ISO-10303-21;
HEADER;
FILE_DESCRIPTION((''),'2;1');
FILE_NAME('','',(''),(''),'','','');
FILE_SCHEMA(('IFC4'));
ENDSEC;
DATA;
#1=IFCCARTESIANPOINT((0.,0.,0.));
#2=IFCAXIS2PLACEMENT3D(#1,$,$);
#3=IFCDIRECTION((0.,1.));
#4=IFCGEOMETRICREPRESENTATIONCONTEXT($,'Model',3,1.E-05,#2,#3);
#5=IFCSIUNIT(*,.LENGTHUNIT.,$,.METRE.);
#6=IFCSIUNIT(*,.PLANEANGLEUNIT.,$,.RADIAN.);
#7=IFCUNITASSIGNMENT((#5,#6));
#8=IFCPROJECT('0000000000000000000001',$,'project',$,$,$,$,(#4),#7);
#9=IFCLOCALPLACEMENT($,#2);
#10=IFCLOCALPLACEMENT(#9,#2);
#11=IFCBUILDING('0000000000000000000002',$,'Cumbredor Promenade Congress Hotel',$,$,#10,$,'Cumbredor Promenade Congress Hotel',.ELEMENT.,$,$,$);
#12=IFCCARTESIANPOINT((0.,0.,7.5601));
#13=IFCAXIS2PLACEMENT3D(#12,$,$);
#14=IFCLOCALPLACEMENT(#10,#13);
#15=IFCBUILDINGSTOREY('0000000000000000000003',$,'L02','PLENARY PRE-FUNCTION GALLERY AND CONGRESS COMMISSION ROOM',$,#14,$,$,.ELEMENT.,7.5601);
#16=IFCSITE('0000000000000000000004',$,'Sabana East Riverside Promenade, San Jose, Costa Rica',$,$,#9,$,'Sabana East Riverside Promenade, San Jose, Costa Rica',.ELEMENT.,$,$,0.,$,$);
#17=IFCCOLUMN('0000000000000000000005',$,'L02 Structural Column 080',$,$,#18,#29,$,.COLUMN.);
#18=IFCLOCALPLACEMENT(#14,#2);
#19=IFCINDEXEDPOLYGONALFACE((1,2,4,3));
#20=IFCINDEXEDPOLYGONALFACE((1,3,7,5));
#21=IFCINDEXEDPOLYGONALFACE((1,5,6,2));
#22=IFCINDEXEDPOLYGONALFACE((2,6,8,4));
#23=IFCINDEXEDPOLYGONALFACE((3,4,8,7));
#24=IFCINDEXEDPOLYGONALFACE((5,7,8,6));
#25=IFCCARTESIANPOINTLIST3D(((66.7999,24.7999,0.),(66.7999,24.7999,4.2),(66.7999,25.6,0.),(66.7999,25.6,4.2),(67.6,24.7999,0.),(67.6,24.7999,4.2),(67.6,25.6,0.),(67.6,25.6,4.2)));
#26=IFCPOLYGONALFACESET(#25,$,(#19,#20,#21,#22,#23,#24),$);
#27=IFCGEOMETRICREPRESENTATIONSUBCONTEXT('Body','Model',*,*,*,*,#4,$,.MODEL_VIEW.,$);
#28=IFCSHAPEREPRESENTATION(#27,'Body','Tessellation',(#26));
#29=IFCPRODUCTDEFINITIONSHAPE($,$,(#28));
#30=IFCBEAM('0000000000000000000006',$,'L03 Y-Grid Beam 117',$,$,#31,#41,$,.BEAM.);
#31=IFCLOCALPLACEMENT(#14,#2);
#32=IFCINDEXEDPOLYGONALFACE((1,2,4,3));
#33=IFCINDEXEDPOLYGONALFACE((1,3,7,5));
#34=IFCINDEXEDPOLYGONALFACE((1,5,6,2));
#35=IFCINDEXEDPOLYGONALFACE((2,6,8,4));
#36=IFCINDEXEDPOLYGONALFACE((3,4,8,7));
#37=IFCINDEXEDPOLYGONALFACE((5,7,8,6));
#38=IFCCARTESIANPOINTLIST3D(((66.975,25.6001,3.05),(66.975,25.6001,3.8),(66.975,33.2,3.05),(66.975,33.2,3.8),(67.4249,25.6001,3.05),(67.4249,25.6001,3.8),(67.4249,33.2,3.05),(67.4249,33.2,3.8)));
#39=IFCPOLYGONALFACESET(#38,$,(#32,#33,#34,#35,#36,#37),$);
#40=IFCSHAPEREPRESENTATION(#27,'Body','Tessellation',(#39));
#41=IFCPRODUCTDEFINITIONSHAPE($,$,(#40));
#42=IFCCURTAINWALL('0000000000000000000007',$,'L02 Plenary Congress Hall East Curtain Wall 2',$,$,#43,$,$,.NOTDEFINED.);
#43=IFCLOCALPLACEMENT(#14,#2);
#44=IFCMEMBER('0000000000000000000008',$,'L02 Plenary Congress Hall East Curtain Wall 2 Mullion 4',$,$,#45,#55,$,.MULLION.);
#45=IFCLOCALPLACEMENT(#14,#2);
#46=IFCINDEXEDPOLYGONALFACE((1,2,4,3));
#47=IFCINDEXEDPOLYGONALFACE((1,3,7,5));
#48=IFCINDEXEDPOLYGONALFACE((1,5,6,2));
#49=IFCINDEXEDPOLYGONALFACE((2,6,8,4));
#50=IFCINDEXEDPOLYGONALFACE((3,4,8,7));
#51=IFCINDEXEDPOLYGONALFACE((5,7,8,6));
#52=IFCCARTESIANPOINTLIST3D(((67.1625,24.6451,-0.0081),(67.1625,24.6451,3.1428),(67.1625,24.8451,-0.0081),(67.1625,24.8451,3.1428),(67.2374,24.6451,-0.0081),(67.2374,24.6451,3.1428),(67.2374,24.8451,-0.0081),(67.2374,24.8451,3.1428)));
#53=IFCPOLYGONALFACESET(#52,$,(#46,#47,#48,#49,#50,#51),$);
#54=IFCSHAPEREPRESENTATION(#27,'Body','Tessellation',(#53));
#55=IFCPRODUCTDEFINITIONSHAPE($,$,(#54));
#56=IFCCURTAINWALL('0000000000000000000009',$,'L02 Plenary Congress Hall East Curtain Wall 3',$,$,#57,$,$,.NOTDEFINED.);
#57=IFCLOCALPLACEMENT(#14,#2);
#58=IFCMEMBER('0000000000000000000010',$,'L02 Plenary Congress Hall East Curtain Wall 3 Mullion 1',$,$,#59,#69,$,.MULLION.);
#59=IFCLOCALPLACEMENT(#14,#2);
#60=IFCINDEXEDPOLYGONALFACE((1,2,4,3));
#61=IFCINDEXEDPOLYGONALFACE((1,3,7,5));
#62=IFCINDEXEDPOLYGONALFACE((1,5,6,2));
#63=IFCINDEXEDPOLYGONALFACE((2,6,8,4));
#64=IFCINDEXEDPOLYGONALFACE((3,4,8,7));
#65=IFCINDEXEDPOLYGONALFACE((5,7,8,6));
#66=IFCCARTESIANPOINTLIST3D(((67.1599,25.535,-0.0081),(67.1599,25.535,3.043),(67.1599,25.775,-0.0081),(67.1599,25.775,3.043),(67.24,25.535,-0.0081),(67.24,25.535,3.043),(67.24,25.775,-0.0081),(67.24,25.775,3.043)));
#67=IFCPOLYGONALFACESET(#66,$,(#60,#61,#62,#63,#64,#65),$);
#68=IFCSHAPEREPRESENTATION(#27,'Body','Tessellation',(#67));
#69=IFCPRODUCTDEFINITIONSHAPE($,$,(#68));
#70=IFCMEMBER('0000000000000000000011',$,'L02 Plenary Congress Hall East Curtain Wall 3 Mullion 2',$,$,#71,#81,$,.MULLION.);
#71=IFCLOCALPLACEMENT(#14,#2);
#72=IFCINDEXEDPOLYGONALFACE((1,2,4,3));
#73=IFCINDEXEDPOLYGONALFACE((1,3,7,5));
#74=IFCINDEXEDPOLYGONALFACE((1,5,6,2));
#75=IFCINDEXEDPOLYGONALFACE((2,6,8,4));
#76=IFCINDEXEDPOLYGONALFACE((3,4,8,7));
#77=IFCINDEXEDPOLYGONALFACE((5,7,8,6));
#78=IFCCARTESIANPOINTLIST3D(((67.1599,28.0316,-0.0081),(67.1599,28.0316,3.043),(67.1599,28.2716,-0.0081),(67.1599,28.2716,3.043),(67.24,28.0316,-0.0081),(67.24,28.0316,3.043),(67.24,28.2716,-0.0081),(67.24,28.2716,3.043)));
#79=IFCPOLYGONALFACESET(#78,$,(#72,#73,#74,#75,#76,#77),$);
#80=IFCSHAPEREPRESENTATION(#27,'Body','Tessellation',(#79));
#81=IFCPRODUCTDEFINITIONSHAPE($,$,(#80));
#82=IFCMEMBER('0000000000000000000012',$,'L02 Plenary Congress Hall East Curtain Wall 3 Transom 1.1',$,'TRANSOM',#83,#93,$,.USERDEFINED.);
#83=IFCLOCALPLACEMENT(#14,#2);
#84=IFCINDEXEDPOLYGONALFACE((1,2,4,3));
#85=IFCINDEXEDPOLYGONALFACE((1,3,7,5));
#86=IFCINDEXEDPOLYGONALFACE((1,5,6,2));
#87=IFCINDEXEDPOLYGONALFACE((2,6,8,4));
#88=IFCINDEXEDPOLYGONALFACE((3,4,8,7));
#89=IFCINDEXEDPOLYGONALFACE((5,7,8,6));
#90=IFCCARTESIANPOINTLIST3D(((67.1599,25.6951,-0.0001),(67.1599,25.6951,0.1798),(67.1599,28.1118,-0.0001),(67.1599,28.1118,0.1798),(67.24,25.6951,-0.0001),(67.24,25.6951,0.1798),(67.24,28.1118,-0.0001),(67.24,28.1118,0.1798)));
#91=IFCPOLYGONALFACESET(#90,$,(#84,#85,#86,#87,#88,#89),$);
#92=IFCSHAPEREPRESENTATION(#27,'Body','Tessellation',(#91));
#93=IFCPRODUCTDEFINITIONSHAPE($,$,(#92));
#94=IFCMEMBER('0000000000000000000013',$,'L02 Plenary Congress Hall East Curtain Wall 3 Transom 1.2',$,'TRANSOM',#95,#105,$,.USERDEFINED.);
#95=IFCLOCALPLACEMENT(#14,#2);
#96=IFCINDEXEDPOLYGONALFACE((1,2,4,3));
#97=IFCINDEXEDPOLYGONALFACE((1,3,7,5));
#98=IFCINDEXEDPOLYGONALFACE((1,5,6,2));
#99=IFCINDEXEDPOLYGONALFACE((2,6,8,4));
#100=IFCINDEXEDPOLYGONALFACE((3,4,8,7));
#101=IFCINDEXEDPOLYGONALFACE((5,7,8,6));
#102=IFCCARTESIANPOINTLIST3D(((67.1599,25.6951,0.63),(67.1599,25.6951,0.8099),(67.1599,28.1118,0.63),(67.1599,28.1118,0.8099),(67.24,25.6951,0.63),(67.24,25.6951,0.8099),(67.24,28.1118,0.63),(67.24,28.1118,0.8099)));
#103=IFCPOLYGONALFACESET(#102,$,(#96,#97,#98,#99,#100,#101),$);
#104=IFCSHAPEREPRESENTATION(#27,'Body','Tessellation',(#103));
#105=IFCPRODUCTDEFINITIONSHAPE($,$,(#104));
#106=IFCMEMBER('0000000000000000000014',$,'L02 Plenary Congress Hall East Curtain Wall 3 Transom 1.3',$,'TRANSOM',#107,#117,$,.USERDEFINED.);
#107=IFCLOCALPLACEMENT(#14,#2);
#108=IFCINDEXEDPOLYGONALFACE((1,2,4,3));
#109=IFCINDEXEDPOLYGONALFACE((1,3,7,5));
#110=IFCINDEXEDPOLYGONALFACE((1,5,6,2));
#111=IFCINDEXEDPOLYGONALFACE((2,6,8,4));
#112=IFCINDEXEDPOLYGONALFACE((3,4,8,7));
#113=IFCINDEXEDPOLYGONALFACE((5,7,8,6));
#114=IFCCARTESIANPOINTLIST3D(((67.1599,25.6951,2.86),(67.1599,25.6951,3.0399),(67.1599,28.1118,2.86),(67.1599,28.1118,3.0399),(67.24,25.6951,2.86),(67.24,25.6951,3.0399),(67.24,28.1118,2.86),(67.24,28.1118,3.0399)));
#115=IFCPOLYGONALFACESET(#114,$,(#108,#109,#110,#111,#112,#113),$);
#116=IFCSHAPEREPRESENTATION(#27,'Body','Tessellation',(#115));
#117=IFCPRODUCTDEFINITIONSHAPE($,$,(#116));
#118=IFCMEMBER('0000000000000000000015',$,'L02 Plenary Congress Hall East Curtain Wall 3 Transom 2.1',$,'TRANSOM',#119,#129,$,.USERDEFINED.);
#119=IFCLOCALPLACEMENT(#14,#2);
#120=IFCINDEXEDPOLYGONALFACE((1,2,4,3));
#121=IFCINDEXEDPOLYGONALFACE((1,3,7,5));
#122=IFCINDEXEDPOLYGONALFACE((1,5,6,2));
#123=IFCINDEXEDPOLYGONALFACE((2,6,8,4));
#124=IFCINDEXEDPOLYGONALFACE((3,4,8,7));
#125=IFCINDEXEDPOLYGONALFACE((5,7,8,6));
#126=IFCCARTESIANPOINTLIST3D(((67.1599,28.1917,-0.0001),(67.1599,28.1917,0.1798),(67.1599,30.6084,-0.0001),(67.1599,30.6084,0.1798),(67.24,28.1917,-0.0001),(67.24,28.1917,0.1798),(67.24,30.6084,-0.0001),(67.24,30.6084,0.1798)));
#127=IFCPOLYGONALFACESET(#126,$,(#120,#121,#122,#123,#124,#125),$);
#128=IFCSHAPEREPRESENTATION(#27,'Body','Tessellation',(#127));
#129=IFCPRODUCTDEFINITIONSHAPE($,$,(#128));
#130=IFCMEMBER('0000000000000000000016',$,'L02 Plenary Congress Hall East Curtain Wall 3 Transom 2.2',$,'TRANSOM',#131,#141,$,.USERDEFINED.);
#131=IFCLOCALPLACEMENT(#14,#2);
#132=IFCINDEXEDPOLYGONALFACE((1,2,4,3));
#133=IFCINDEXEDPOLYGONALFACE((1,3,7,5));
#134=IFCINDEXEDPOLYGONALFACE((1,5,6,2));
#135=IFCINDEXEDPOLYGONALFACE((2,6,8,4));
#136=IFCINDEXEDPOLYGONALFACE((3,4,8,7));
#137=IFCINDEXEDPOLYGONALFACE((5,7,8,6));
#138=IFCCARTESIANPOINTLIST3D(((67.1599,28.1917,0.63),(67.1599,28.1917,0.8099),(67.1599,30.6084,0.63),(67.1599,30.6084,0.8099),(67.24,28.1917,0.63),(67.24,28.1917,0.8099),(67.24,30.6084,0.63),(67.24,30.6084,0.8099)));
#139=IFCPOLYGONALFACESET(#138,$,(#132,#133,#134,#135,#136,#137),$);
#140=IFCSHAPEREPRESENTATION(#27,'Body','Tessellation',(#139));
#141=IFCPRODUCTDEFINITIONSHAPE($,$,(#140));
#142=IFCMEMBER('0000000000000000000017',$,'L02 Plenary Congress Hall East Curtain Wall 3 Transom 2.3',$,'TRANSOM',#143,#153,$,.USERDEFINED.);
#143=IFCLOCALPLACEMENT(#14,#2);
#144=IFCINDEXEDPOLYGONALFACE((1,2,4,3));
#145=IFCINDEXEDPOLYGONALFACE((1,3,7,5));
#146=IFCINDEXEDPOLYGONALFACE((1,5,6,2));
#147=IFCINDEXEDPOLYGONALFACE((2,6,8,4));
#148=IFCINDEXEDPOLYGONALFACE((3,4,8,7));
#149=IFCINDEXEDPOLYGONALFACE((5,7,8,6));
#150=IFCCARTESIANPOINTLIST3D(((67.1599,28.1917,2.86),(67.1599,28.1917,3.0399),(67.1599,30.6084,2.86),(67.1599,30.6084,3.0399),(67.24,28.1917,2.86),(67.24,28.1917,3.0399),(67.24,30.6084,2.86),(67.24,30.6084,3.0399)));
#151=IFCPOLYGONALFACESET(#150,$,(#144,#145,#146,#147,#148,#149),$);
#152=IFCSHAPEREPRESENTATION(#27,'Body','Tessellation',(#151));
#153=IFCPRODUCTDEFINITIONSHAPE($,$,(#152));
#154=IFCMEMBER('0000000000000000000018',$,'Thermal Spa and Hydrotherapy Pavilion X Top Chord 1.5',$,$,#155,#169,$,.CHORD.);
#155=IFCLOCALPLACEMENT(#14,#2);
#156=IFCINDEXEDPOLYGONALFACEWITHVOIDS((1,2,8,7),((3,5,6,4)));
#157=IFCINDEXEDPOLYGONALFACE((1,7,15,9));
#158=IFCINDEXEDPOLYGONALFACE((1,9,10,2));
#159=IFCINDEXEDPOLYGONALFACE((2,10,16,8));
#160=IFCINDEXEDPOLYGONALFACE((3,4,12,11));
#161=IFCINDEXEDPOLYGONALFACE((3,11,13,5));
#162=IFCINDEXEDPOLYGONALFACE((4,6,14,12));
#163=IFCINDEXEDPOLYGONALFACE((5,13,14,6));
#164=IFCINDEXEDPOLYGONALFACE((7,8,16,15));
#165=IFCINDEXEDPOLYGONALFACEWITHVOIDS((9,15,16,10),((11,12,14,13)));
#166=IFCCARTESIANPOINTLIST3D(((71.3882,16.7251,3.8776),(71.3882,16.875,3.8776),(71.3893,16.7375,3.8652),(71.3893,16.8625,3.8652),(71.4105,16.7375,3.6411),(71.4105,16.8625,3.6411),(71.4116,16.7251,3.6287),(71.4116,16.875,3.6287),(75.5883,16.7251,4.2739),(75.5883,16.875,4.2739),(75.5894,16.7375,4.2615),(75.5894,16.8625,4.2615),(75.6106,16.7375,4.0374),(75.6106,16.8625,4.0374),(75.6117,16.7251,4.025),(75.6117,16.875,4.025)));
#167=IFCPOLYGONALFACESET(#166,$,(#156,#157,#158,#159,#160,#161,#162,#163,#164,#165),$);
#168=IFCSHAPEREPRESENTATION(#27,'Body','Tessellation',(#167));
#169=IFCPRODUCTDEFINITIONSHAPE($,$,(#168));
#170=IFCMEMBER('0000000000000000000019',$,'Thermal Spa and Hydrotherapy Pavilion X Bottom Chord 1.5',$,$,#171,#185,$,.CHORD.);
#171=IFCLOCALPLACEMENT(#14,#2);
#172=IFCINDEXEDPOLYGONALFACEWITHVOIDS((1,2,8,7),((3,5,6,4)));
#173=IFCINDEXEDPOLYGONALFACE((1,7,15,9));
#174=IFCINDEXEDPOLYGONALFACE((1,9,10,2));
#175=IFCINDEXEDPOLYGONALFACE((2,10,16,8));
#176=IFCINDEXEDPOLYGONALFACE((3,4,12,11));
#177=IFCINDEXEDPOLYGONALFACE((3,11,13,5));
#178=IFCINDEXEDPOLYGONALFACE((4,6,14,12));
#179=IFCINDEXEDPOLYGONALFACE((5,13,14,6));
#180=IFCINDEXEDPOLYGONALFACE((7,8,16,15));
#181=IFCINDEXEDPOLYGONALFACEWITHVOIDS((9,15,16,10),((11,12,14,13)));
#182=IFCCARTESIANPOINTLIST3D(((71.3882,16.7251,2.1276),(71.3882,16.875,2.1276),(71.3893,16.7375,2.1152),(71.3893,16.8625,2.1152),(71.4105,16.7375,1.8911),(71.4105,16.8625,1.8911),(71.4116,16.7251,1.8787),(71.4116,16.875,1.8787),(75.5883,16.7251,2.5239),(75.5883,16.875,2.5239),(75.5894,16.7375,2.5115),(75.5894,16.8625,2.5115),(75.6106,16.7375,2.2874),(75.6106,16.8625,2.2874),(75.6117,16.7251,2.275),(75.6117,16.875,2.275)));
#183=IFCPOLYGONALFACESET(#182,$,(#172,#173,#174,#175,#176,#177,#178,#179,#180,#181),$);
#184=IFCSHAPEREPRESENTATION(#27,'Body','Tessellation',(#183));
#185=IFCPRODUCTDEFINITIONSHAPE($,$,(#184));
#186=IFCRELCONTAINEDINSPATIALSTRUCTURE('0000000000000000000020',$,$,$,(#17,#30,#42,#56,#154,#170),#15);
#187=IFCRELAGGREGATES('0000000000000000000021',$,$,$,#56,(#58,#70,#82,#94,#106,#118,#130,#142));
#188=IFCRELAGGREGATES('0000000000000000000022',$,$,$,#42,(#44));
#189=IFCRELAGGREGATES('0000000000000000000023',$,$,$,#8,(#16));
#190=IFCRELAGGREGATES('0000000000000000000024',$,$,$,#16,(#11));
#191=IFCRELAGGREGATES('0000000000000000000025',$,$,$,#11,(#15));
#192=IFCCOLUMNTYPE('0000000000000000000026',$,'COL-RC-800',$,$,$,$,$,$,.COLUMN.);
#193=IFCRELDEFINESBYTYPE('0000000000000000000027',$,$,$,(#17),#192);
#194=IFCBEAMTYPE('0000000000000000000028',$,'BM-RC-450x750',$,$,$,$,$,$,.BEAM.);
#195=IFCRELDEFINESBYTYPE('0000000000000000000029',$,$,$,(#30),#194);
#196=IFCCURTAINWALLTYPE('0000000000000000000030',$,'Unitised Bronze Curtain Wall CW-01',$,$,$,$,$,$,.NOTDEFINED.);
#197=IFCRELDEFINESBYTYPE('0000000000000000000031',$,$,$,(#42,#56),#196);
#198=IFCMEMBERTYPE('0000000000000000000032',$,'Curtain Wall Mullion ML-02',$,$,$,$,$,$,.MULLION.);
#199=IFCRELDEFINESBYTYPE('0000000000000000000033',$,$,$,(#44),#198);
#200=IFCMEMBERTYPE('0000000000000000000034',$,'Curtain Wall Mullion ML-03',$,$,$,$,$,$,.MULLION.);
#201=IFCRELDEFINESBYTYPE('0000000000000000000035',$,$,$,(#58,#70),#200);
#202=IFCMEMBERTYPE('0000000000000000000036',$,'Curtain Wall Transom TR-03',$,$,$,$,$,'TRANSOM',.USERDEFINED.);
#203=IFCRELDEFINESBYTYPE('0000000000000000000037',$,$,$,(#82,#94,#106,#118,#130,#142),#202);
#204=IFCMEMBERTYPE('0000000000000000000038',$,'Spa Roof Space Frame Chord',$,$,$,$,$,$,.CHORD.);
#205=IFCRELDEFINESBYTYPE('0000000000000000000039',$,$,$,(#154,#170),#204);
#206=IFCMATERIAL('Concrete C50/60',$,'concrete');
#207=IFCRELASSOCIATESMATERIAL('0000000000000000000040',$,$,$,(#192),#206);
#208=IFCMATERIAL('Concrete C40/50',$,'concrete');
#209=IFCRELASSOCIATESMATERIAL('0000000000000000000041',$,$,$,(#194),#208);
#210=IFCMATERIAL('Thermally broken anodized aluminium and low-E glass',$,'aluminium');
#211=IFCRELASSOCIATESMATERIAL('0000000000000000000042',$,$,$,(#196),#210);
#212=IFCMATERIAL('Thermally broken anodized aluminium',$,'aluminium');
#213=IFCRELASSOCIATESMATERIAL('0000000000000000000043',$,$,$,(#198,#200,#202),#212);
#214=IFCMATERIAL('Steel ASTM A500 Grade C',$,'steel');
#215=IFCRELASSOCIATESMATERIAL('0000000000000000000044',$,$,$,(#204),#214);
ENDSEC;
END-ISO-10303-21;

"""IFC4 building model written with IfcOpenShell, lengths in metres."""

from ifc_helpers import new_model, si_unit, direction, frame, origin, origin_2d, place, context, subcontext, project, spatial, rectangle, hollow_rectangle, extrude, material, material_profile, profile_set, type_object, element, aggregate, save


model = new_model("IFC4")

# Units and contexts
model_context = context("Model", 3, precision=1e-05, world=origin(), true_north=direction((0.0, 1.0)))
body_context = subcontext(model_context, "Body", "Model", "MODEL_VIEW")
ifc_project = project(units=[si_unit("LENGTHUNIT", "METRE"), si_unit("PLANEANGLEUNIT", "RADIAN")], contexts=[model_context])

# Site, building, storey
site_placement = place(None, origin())
site = spatial("IfcSite", under=ifc_project, at=site_placement, Name="Sabana East Riverside Promenade, San Jose, Costa Rica", LongName="Sabana East Riverside Promenade, San Jose, Costa Rica", CompositionType="ELEMENT", RefElevation=0.0)
building_placement = place(site_placement, origin())
building = spatial("IfcBuilding", under=site, at=building_placement, Name="Cumbredor Promenade Congress Hotel", LongName="Cumbredor Promenade Congress Hotel", CompositionType="ELEMENT")
storey_placement = place(building_placement, frame((0.0, 0.0, 7.5601)))
storey = spatial("IfcBuildingStorey", under=building, at=storey_placement, Name="L02", Description="PLENARY PRE-FUNCTION GALLERY AND CONGRESS COMMISSION ROOM", CompositionType="ELEMENT", Elevation=7.5601)

# Column
ifc_material_1 = material(Name="Concrete C50/60", Category="concrete")
ifc_material_profile_1 = material_profile(ifc_material_1, rectangle(XDim=0.8, YDim=0.8, at=origin_2d()), Name="RC 800x800")
ifc_profile_set_1 = profile_set([ifc_material_profile_1], Name="Concrete C50/60")
column_type = type_object("IfcColumnType", Name="COL-RC-800", PredefinedType="COLUMN", material=ifc_profile_set_1)
column_placement = place(storey_placement, frame((67.2, 25.2, 0.0), z_axis=(0.0, 0.0, 1.0), x_axis=(1.0, 0.0, 0.0)))
element("IfcColumn", 1, at=column_placement, inside=storey, type_object=column_type, Name="L02 Structural Column 080", PredefinedType="COLUMN", context=body_context, shape_type="SweptSolid", body=[
    extrude(rectangle(XDim=0.8, YDim=0.8, at=origin_2d()), origin(), (0.0, 0.0, 1.0), 4.2),
])

# Beam
ifc_material_2 = material(Name="Concrete C40/50", Category="concrete")
ifc_material_profile_2 = material_profile(ifc_material_2, rectangle(XDim=0.45, YDim=0.75, at=origin_2d()), Name="RC BEAM 450x750")
ifc_profile_set_2 = profile_set([ifc_material_profile_2], Name="Concrete C40/50")
beam_type = type_object("IfcBeamType", Name="BM-RC-450x750", PredefinedType="BEAM", material=ifc_profile_set_2)
beam_placement = place(storey_placement, frame((67.2, 25.6001, 3.425), z_axis=(0.0, 1.0, 0.0), x_axis=(-1.0, 0.0, 0.0)))
element("IfcBeam", 2, at=beam_placement, inside=storey, type_object=beam_type, Name="L03 Y-Grid Beam 117", PredefinedType="BEAM", context=body_context, shape_type="SweptSolid", body=[
    extrude(rectangle(XDim=0.45, YDim=0.75, at=origin_2d()), origin(), (0.0, 0.0, 1.0), 7.5999),
])

# Curtain wall, member
ifc_material_3 = material(Name="Thermally broken anodized aluminium and low-E glass", Category="aluminium")
curtain_wall_type = type_object("IfcCurtainWallType", Name="Unitised Bronze Curtain Wall CW-01", PredefinedType="NOTDEFINED", material=ifc_material_3)
curtain_wall_1_placement = place(storey_placement, origin())
curtain_wall_1 = element("IfcCurtainWall", 3, at=curtain_wall_1_placement, inside=storey, type_object=curtain_wall_type, Name="L02 Plenary Congress Hall East Curtain Wall 2", PredefinedType="NOTDEFINED")
ifc_material_4 = material(Name="Thermally broken anodized aluminium", Category="aluminium")
ifc_material_profile_3 = material_profile(ifc_material_4, rectangle(XDim=0.075, YDim=0.2, at=origin_2d()), Name="ALU MULLION 75x200")
ifc_profile_set_3 = profile_set([ifc_material_profile_3], Name="Thermally broken anodized aluminium")
member_type_1 = type_object("IfcMemberType", Name="Curtain Wall Mullion ML-02", PredefinedType="MULLION", material=ifc_profile_set_3)
member_1_placement = place(storey_placement, frame((67.2, 24.7451, -0.0081), z_axis=(0.0, 0.0, 1.0), x_axis=(1.0, 0.0, 0.0)))
member_1 = element("IfcMember", 4, at=member_1_placement, type_object=member_type_1, Name="L02 Plenary Congress Hall East Curtain Wall 2 Mullion 4", PredefinedType="MULLION", context=body_context, shape_type="SweptSolid", body=[
    extrude(rectangle(XDim=0.075, YDim=0.2, at=origin_2d()), origin(), (0.0, 0.0, 1.0), 3.1509),
])

# Curtain wall, members
curtain_wall_2_placement = place(storey_placement, origin())
curtain_wall_2 = element("IfcCurtainWall", 5, at=curtain_wall_2_placement, inside=storey, type_object=curtain_wall_type, Name="L02 Plenary Congress Hall East Curtain Wall 3", PredefinedType="NOTDEFINED")
ifc_material_profile_4 = material_profile(ifc_material_4, rectangle(XDim=0.0801, YDim=0.24, at=origin_2d()), Name="ALU MULLION 80x240")
ifc_profile_set_4 = profile_set([ifc_material_profile_4], Name="Thermally broken anodized aluminium")
member_type_2 = type_object("IfcMemberType", Name="Curtain Wall Mullion ML-03", PredefinedType="MULLION", material=ifc_profile_set_4)
member_2_placement = place(storey_placement, frame((67.2, 25.655, -0.0081), z_axis=(0.0, 0.0, 1.0), x_axis=(1.0, 0.0, 0.0)))
member_2 = element("IfcMember", 6, at=member_2_placement, type_object=member_type_2, Name="L02 Plenary Congress Hall East Curtain Wall 3 Mullion 1", PredefinedType="MULLION", context=body_context, shape_type="SweptSolid", body=[
    extrude(rectangle(XDim=0.0801, YDim=0.24, at=origin_2d()), origin(), (0.0, 0.0, 1.0), 3.051),
])
member_3_placement = place(storey_placement, frame((67.2, 28.1516, -0.0081), z_axis=(0.0, 0.0, 1.0), x_axis=(1.0, 0.0, 0.0)))
member_3 = element("IfcMember", 7, at=member_3_placement, type_object=member_type_2, Name="L02 Plenary Congress Hall East Curtain Wall 3 Mullion 2", PredefinedType="MULLION", context=body_context, shape_type="SweptSolid", body=[
    extrude(rectangle(XDim=0.0801, YDim=0.24, at=origin_2d()), origin(), (0.0, 0.0, 1.0), 3.051),
])
ifc_material_profile_5 = material_profile(ifc_material_4, rectangle(XDim=0.0801, YDim=0.1799, at=origin_2d()), Name="ALU TRANSOM 80x180")
ifc_profile_set_5 = profile_set([ifc_material_profile_5], Name="Thermally broken anodized aluminium")
member_type_3 = type_object("IfcMemberType", Name="Curtain Wall Transom TR-03", ElementType="TRANSOM", PredefinedType="USERDEFINED", material=ifc_profile_set_5)
member_4_placement = place(storey_placement, frame((67.2, 25.6951, 0.0898), z_axis=(0.0, 1.0, 0.0), x_axis=(-1.0, 0.0, 0.0)))
member_4 = element("IfcMember", 8, at=member_4_placement, type_object=member_type_3, Name="L02 Plenary Congress Hall East Curtain Wall 3 Transom 1.1", ObjectType="TRANSOM", PredefinedType="USERDEFINED", context=body_context, shape_type="SweptSolid", body=[
    extrude(rectangle(XDim=0.0801, YDim=0.1799, at=origin_2d()), origin(), (0.0, 0.0, 1.0), 2.4167),
])
member_5_placement = place(storey_placement, frame((67.2, 25.6951, 0.72), z_axis=(0.0, 1.0, 0.0), x_axis=(-1.0, 0.0, 0.0)))
member_5 = element("IfcMember", 9, at=member_5_placement, type_object=member_type_3, Name="L02 Plenary Congress Hall East Curtain Wall 3 Transom 1.2", ObjectType="TRANSOM", PredefinedType="USERDEFINED", context=body_context, shape_type="SweptSolid", body=[
    extrude(rectangle(XDim=0.0801, YDim=0.1799, at=origin_2d()), origin(), (0.0, 0.0, 1.0), 2.4167),
])
member_6_placement = place(storey_placement, frame((67.2, 25.6951, 2.95), z_axis=(0.0, 1.0, 0.0), x_axis=(-1.0, 0.0, 0.0)))
member_6 = element("IfcMember", 10, at=member_6_placement, type_object=member_type_3, Name="L02 Plenary Congress Hall East Curtain Wall 3 Transom 1.3", ObjectType="TRANSOM", PredefinedType="USERDEFINED", context=body_context, shape_type="SweptSolid", body=[
    extrude(rectangle(XDim=0.0801, YDim=0.1799, at=origin_2d()), origin(), (0.0, 0.0, 1.0), 2.4167),
])
member_7_placement = place(storey_placement, frame((67.2, 28.1917, 0.0898), z_axis=(0.0, 1.0, 0.0), x_axis=(-1.0, 0.0, 0.0)))
member_7 = element("IfcMember", 11, at=member_7_placement, type_object=member_type_3, Name="L02 Plenary Congress Hall East Curtain Wall 3 Transom 2.1", ObjectType="TRANSOM", PredefinedType="USERDEFINED", context=body_context, shape_type="SweptSolid", body=[
    extrude(rectangle(XDim=0.0801, YDim=0.1799, at=origin_2d()), origin(), (0.0, 0.0, 1.0), 2.4167),
])
member_8_placement = place(storey_placement, frame((67.2, 28.1917, 0.72), z_axis=(0.0, 1.0, 0.0), x_axis=(-1.0, 0.0, 0.0)))
member_8 = element("IfcMember", 12, at=member_8_placement, type_object=member_type_3, Name="L02 Plenary Congress Hall East Curtain Wall 3 Transom 2.2", ObjectType="TRANSOM", PredefinedType="USERDEFINED", context=body_context, shape_type="SweptSolid", body=[
    extrude(rectangle(XDim=0.0801, YDim=0.1799, at=origin_2d()), origin(), (0.0, 0.0, 1.0), 2.4167),
])
member_9_placement = place(storey_placement, frame((67.2, 28.1917, 2.95), z_axis=(0.0, 1.0, 0.0), x_axis=(-1.0, 0.0, 0.0)))
member_9 = element("IfcMember", 13, at=member_9_placement, type_object=member_type_3, Name="L02 Plenary Congress Hall East Curtain Wall 3 Transom 2.3", ObjectType="TRANSOM", PredefinedType="USERDEFINED", context=body_context, shape_type="SweptSolid", body=[
    extrude(rectangle(XDim=0.0801, YDim=0.1799, at=origin_2d()), origin(), (0.0, 0.0, 1.0), 2.4167),
])

# Members
ifc_material_5 = material(Name="Steel ASTM A500 Grade C", Category="steel")
ifc_material_profile_6 = material_profile(ifc_material_5, hollow_rectangle(XDim=0.1499, YDim=0.25, WallThickness=0.0125, at=origin_2d()), Name="HSS 250x150x12.5")
ifc_profile_set_6 = profile_set([ifc_material_profile_6], Name="Steel ASTM A500 Grade C")
member_type_4 = type_object("IfcMemberType", Name="Spa Roof Space Frame Chord", PredefinedType="CHORD", material=ifc_profile_set_6)
for number, where, z_axis, x_axis, name in (
    (14, (71.3999, 16.8, 3.7532), (0.99558, 0.0, 0.093922), (0.0, 1.0, 0.0), "Thermal Spa and Hydrotherapy Pavilion X Top Chord 1.5"),
    (15, (71.3999, 16.8, 2.0032), (0.99558, 0.0, 0.093922), (0.0, 1.0, 0.0), "Thermal Spa and Hydrotherapy Pavilion X Bottom Chord 1.5"),
):
    element("IfcMember", number, at=place(storey_placement, frame(where, z_axis=z_axis, x_axis=x_axis)), inside=storey, type_object=member_type_4, Name=name, PredefinedType="CHORD", context=body_context, shape_type="SweptSolid", body=[
        extrude(hollow_rectangle(XDim=0.1499, YDim=0.25, WallThickness=0.0125, at=origin_2d()), origin(), (0.0, 0.0, 1.0), 4.2188),
    ])

aggregate(curtain_wall_2, [member_2, member_3, member_4, member_5, member_6, member_7, member_8, member_9])
aggregate(curtain_wall_1, [member_1])

save(model, "model.ifc")
